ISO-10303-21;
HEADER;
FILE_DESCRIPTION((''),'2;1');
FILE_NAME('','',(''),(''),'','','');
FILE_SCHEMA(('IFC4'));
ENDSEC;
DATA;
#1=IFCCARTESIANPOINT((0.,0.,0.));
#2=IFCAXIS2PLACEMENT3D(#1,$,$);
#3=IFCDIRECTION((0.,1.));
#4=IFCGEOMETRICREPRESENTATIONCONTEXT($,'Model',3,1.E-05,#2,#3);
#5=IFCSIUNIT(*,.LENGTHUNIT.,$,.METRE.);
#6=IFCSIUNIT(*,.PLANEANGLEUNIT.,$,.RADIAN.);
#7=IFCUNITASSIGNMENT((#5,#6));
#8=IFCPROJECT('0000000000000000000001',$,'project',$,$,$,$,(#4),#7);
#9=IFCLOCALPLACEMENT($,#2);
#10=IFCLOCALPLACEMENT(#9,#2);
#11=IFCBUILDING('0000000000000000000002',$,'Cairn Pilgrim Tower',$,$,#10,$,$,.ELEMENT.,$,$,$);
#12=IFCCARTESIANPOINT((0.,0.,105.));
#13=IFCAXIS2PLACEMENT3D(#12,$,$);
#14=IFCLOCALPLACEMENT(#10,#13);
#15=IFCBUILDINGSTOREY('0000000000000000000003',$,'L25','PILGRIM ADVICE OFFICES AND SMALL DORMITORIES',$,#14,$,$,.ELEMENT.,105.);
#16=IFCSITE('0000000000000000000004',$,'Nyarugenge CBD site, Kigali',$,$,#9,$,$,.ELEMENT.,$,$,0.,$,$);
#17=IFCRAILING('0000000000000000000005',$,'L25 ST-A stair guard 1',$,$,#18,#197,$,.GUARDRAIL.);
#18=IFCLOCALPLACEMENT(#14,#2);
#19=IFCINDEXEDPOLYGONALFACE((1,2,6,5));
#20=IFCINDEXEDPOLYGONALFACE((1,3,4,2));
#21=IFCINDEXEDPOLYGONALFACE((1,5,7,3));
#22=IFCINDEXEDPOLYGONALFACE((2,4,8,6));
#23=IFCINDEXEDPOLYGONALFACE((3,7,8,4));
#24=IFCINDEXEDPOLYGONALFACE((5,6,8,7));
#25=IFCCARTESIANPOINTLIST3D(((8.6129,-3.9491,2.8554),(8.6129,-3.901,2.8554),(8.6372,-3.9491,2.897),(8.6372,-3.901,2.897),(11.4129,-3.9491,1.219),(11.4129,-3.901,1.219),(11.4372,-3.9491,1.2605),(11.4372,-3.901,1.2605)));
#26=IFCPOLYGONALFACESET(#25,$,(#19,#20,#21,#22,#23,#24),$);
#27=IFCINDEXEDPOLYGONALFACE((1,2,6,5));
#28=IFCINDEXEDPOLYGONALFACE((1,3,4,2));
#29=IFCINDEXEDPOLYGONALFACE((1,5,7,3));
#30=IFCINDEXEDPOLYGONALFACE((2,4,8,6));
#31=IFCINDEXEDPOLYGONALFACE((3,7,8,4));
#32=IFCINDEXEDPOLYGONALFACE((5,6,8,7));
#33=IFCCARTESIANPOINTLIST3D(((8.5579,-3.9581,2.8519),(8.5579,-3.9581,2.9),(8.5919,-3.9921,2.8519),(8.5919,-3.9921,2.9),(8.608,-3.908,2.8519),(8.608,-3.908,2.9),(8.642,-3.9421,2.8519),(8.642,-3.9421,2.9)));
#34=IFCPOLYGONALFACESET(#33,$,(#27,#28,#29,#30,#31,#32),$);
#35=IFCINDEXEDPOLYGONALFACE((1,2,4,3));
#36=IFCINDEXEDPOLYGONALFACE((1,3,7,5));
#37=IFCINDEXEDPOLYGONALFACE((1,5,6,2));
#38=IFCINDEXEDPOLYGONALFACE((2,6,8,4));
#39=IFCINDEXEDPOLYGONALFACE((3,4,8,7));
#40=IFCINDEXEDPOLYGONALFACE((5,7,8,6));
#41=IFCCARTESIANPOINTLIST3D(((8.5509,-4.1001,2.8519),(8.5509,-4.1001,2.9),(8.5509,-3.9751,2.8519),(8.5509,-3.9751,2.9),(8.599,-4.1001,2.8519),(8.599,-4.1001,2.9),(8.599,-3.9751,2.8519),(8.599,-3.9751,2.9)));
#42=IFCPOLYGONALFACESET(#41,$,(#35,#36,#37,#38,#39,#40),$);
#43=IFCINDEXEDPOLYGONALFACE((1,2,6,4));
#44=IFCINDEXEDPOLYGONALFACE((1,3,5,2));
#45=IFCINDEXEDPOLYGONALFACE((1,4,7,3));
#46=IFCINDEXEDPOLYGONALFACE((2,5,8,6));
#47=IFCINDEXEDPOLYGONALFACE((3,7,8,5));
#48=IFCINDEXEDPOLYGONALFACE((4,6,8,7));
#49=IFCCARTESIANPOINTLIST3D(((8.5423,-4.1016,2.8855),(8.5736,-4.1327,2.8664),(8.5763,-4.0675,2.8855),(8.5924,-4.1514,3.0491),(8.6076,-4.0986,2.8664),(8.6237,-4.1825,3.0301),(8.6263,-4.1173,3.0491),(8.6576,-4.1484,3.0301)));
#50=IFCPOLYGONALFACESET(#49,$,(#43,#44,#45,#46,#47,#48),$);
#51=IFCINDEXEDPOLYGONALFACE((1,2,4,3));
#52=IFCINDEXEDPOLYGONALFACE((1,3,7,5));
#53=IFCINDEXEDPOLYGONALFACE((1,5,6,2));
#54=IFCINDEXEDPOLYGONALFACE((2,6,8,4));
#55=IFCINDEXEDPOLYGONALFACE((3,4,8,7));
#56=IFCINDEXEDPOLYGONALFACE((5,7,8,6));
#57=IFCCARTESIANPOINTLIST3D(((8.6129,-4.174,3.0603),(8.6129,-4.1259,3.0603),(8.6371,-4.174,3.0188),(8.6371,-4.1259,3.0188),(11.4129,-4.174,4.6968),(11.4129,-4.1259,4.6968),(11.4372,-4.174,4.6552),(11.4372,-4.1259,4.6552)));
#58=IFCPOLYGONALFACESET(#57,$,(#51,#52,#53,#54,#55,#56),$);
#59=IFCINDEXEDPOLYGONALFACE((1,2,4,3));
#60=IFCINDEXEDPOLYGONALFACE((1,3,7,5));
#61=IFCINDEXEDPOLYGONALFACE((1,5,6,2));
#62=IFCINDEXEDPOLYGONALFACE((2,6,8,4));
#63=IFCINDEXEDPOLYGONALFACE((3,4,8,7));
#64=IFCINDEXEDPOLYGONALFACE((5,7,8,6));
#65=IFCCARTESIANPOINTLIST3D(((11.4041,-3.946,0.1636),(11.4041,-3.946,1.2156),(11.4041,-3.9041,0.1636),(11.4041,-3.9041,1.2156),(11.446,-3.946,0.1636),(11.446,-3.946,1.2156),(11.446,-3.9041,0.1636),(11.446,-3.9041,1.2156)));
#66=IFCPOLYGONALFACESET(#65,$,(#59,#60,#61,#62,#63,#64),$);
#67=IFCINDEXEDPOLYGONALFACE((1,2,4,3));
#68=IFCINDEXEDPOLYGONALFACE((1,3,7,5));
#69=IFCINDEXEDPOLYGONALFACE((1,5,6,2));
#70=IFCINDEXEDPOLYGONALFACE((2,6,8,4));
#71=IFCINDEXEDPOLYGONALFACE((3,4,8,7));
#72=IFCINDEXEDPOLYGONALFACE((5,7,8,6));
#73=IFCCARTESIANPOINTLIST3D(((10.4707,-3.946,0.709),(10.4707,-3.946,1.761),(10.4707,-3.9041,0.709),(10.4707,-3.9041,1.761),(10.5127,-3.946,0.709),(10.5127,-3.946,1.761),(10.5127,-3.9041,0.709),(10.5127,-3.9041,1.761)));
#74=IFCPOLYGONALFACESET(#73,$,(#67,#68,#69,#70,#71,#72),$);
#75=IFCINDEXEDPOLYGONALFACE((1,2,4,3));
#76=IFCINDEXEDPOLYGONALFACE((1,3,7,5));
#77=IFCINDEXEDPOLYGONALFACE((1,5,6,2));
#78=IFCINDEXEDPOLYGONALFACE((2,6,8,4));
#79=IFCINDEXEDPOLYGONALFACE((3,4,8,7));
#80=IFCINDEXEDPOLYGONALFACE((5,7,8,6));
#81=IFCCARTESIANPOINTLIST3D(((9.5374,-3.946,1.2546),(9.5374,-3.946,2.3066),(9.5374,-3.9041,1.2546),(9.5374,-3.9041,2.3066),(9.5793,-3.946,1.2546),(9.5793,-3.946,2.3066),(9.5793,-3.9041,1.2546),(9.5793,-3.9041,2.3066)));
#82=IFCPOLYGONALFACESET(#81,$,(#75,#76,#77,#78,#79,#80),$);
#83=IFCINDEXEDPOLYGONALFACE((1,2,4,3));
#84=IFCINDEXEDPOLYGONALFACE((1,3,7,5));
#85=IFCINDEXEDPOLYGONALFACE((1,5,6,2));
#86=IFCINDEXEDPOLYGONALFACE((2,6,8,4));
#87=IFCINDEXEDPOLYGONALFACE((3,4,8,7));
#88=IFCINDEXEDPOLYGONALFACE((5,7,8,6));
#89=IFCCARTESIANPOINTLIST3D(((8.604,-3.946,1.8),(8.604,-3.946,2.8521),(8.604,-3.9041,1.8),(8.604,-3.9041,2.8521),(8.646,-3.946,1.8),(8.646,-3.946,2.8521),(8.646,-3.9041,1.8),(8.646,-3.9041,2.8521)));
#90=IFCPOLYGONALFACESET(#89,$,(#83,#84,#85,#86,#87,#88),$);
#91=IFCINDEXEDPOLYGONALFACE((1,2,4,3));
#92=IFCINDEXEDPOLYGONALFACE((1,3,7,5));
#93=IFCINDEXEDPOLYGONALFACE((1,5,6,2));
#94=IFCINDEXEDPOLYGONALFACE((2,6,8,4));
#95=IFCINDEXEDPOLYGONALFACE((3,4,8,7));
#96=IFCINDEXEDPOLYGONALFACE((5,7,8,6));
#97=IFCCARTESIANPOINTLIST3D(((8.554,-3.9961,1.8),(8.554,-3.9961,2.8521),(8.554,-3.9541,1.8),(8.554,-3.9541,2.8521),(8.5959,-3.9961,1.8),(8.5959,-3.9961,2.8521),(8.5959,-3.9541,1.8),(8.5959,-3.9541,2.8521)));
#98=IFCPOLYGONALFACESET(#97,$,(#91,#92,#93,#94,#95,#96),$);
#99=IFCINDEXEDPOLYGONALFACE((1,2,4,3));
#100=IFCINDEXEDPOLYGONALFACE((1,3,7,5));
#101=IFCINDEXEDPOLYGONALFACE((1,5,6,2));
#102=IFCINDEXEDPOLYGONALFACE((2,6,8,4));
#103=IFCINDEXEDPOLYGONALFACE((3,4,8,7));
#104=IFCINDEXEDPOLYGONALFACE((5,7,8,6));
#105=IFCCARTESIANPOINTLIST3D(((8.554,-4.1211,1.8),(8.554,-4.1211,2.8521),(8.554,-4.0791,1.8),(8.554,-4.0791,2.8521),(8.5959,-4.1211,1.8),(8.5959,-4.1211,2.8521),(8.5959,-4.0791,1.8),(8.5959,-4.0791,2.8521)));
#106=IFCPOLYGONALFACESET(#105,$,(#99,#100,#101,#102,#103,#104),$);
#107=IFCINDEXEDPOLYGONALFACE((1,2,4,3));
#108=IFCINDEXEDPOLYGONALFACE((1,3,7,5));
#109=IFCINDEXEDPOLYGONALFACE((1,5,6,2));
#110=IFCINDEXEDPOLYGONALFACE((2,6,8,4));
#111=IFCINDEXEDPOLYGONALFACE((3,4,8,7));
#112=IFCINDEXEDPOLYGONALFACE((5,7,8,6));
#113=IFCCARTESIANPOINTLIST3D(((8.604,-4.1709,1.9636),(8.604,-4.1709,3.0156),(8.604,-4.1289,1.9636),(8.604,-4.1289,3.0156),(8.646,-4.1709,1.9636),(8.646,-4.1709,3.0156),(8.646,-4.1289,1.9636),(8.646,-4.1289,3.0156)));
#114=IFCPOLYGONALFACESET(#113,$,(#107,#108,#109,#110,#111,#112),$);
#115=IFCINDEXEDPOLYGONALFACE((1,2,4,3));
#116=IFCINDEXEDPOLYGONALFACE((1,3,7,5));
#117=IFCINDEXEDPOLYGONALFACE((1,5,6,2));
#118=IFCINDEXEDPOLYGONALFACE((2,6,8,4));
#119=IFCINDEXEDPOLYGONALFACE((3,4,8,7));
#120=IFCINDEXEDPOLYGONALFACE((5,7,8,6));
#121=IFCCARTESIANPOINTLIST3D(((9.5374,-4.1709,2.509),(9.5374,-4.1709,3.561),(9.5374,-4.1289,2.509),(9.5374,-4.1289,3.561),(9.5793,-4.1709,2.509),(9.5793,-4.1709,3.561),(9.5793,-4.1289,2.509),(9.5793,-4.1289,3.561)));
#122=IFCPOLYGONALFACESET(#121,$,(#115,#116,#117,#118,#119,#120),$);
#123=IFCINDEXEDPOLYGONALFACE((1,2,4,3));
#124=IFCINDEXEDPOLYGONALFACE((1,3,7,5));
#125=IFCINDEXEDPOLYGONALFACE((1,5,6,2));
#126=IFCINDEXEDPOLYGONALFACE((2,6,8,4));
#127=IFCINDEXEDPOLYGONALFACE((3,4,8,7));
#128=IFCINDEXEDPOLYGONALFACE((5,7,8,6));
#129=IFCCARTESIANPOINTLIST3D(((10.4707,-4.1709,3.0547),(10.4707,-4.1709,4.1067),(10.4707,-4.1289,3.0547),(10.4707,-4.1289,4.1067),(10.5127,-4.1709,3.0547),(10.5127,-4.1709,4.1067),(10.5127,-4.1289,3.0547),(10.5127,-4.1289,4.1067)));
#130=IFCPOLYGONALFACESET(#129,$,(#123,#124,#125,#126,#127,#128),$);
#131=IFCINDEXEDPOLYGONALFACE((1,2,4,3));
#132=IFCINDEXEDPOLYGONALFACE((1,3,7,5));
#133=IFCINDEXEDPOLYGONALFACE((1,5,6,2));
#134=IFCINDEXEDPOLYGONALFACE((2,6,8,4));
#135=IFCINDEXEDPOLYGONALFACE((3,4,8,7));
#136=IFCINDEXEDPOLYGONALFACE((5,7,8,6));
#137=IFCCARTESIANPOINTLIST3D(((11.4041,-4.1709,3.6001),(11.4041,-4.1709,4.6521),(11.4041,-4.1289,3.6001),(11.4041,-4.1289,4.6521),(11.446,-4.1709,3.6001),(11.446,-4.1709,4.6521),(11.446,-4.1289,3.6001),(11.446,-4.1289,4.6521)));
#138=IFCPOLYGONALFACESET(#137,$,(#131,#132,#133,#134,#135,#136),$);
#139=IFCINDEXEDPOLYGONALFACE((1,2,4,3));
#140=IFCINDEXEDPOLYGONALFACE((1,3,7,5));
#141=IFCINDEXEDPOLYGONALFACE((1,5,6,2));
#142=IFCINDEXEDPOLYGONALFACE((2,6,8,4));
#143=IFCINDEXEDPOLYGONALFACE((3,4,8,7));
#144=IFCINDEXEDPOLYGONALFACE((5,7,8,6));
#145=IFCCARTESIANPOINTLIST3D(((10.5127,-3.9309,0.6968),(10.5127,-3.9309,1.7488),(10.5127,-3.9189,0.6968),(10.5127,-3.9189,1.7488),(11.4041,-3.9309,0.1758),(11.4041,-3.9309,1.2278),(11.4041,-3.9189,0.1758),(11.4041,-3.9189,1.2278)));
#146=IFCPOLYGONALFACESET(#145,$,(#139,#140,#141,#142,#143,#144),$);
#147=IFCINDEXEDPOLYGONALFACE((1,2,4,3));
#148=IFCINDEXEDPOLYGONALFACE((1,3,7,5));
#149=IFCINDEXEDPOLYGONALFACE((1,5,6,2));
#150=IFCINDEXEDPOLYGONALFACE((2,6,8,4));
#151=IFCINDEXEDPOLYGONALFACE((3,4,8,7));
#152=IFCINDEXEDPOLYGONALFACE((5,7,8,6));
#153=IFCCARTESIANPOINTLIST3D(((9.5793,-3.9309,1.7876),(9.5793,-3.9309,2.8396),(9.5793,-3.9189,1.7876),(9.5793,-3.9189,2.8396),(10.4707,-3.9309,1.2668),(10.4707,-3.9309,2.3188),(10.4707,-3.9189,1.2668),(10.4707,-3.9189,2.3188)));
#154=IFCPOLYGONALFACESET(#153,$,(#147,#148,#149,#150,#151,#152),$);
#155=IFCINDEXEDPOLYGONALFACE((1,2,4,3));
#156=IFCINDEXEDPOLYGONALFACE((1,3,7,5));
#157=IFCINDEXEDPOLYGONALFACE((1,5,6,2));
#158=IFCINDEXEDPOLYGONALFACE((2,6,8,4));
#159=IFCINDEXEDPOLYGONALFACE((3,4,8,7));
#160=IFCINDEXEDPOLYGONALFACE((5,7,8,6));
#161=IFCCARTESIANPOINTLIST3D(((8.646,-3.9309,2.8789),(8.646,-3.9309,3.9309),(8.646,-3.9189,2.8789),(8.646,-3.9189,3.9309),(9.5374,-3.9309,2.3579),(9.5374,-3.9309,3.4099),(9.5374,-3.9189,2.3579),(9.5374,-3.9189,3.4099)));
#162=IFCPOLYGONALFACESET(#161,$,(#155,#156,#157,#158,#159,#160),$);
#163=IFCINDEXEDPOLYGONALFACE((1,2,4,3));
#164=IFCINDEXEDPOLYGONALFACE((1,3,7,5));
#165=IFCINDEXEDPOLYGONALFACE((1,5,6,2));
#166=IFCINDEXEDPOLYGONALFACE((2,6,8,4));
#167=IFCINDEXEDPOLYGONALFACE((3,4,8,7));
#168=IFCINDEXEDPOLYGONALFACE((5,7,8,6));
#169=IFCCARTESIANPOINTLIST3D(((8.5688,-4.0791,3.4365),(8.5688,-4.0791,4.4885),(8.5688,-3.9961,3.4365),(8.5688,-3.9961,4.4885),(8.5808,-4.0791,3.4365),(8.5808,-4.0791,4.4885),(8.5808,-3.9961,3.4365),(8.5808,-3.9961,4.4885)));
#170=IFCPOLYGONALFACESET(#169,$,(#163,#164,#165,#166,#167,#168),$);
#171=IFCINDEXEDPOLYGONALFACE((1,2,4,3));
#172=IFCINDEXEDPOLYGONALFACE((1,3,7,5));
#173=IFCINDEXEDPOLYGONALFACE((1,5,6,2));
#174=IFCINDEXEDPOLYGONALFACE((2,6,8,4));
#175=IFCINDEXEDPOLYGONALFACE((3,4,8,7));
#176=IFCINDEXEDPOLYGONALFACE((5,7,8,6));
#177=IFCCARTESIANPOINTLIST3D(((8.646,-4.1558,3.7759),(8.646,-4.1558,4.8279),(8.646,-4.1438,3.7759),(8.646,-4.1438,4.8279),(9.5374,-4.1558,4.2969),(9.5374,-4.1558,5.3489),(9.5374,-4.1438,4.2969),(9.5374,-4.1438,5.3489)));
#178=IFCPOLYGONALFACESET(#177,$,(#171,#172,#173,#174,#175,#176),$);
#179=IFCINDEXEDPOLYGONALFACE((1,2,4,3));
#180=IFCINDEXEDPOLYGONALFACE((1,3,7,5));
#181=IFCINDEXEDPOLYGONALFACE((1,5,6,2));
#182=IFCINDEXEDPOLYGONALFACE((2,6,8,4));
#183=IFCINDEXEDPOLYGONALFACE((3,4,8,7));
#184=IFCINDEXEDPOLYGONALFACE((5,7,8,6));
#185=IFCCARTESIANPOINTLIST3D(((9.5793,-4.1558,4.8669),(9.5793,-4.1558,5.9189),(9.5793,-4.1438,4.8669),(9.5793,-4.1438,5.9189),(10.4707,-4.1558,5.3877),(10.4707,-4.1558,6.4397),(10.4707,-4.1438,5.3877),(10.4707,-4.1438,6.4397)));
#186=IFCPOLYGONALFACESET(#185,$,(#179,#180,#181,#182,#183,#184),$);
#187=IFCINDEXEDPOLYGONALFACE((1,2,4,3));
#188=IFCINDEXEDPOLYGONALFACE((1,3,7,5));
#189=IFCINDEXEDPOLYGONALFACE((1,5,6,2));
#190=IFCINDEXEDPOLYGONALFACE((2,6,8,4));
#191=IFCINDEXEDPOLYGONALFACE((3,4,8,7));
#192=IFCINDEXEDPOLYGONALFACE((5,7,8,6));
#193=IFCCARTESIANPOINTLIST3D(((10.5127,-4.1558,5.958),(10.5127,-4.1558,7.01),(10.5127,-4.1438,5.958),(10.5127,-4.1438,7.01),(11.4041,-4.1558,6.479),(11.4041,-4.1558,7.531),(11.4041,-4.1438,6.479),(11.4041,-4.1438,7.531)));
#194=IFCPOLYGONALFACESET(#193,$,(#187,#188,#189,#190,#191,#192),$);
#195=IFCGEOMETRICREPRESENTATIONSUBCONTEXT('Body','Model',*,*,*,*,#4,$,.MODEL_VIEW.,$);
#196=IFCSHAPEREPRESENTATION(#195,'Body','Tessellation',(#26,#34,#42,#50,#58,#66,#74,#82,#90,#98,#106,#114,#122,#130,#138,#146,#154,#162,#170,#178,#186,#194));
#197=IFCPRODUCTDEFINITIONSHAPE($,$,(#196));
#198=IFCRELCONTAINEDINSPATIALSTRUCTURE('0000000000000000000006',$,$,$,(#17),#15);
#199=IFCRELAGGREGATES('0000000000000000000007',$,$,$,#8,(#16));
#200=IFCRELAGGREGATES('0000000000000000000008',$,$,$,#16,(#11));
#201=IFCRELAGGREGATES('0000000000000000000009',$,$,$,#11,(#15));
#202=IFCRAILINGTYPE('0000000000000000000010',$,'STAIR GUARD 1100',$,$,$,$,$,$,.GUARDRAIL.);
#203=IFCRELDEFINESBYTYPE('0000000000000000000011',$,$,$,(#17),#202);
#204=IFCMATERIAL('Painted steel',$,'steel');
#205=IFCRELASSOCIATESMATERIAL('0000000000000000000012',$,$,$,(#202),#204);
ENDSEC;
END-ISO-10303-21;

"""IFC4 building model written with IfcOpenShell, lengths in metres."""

from ifc_helpers import new_model, si_unit, direction, frame, origin, origin_2d, place, context, subcontext, project, spatial, polyline, rectangle, outline, extrude, material, type_object, element, save


model = new_model("IFC4")

# Units and contexts
model_context = context("Model", 3, precision=1e-05, world=origin(), true_north=direction((0.0, 1.0)))
body_context = subcontext(model_context, "Body", "Model", "MODEL_VIEW")
ifc_project = project(units=[si_unit("LENGTHUNIT", "METRE"), si_unit("PLANEANGLEUNIT", "RADIAN")], contexts=[model_context])

# Site, building, storey
site_placement = place(None, origin())
site = spatial("IfcSite", under=ifc_project, at=site_placement, Name="Nyarugenge CBD site, Kigali", CompositionType="ELEMENT", RefElevation=0.0)
building_placement = place(site_placement, origin())
building = spatial("IfcBuilding", under=site, at=building_placement, Name="Cairn Pilgrim Tower", CompositionType="ELEMENT")
storey_placement = place(building_placement, frame((0.0, 0.0, 105.0)))
storey = spatial("IfcBuildingStorey", under=building, at=storey_placement, Name="L25", Description="PILGRIM ADVICE OFFICES AND SMALL DORMITORIES", CompositionType="ELEMENT", Elevation=105.0)

# Shared definitions
ifc_material_1 = material(Name="Painted steel", Category="steel")

# Railing
railing_type_1 = type_object("IfcRailingType", Name="STAIR GUARD 1100", PredefinedType="GUARDRAIL", material=ifc_material_1)
railing_1_placement = place(storey_placement, frame((11.425, -3.925, 0.1636)))
element("IfcRailing", 1, at=railing_1_placement, inside=storey, type_object=railing_type_1, Name="L25 ST-A stair guard 1", PredefinedType="GUARDRAIL", context=body_context, shape_type="SweptSolid", body=[
    extrude(rectangle(XDim=0.0481, YDim=0.0481, at=origin_2d()), frame((0.0, 0.0, 1.0762), z_axis=(-0.863361, 0.0, 0.504587), x_axis=(0.0, -1.0, 0.0)), (0.0, 0.0, 1.0), 3.2432),
    extrude(rectangle(XDim=0.0481, YDim=0.0481, at=origin_2d()), frame((-2.8, 0.0, 2.7124), z_axis=(-0.707107, -0.707107, 0.0), x_axis=(0.707107, -0.707107, 0.0)), (0.0, 0.0, 1.0), 0.0708),
    extrude(rectangle(XDim=0.0481, YDim=0.0481, at=origin_2d()), frame((-2.8501, -0.05, 2.7124), z_axis=(0.0, -1.0, 0.0), x_axis=(1.0, 0.0, 0.0)), (0.0, 0.0, 1.0), 0.125),
    extrude(rectangle(XDim=0.0481, YDim=0.0481, at=origin_2d()), frame((-2.8501, -0.175, 2.7124), z_axis=(0.280917, -0.279546, 0.918118), x_axis=(0.705376, 0.708834, 0.0)), (0.0, 0.0, 1.0), 0.1782),
    extrude(rectangle(XDim=0.0481, YDim=0.0481, at=origin_2d()), frame((-2.8, -0.2249, 2.876), z_axis=(0.863361, 0.0, 0.504587), x_axis=(0.0, 1.0, 0.0)), (0.0, 0.0, 1.0), 3.2432),
    extrude(rectangle(XDim=0.042, YDim=0.042, at=origin_2d()), origin(), (0.0, 0.0, 1.0), 1.052),
    extrude(rectangle(XDim=0.042, YDim=0.042, at=origin_2d()), frame((-0.9333, 0.0, 0.5454)), (0.0, 0.0, 1.0), 1.052),
    extrude(rectangle(XDim=0.042, YDim=0.042, at=origin_2d()), frame((-1.8667, 0.0, 1.0911)), (0.0, 0.0, 1.0), 1.052),
    extrude(rectangle(XDim=0.042, YDim=0.042, at=origin_2d()), frame((-2.8, 0.0, 1.6365)), (0.0, 0.0, 1.0), 1.052),
    extrude(rectangle(XDim=0.042, YDim=0.042, at=origin_2d()), frame((-2.8501, -0.05, 1.6365)), (0.0, 0.0, 1.0), 1.052),
    extrude(rectangle(XDim=0.042, YDim=0.042, at=origin_2d()), frame((-2.8501, -0.175, 1.6365)), (0.0, 0.0, 1.0), 1.052),
    extrude(rectangle(XDim=0.042, YDim=0.042, at=origin_2d()), frame((-2.8, -0.2249, 1.8)), (0.0, 0.0, 1.0), 1.052),
    extrude(rectangle(XDim=0.042, YDim=0.042, at=origin_2d()), frame((-1.8667, -0.2249, 2.3455)), (0.0, 0.0, 1.0), 1.052),
    extrude(rectangle(XDim=0.042, YDim=0.042, at=origin_2d()), frame((-0.9333, -0.2249, 2.8911)), (0.0, 0.0, 1.0), 1.052),
    extrude(rectangle(XDim=0.042, YDim=0.042, at=origin_2d()), frame((0.0, -0.2249, 3.4365)), (0.0, 0.0, 1.0), 1.052),
    extrude(outline(polyline([(0.021, 0.0122), (0.9124, 0.5332), (0.9124, 1.5852), (0.021, 1.0642), (0.021, 0.0122)])), frame((0.0, -0.0059, 0.0), z_axis=(0.0, 1.0, 0.0), x_axis=(-1.0, 0.0, 0.0)), (0.0, 0.0, 1.0), 0.012),
    extrude(outline(polyline([(0.021, 0.5579), (0.9124, 1.0786), (0.9124, 2.1306), (0.021, 1.6099), (0.021, 0.5579)])), frame((-0.9333, -0.0059, 0.5454), z_axis=(0.0, 1.0, 0.0), x_axis=(-1.0, 0.0, 0.0)), (0.0, 0.0, 1.0), 0.012),
    extrude(outline(polyline([(0.021, 1.1033), (0.9124, 1.6243), (0.9124, 2.6763), (0.021, 2.1553), (0.021, 1.1033)])), frame((-1.8667, -0.0059, 1.0911), z_axis=(0.0, 1.0, 0.0), x_axis=(-1.0, 0.0, 0.0)), (0.0, 0.0, 1.0), 0.012),
    extrude(outline(polyline([(0.021, 1.6365), (0.104, 1.6365), (0.104, 2.6885), (0.021, 2.6885), (0.021, 1.6365)])), frame((-2.8442, -0.05, 1.6365), z_axis=(-1.0, 0.0, 0.0), x_axis=(0.0, -1.0, 0.0)), (0.0, 0.0, 1.0), 0.012),
    extrude(outline(polyline([(0.021, 1.8123), (0.9124, 2.3333), (0.9124, 3.3853), (0.021, 2.8643), (0.021, 1.8123)])), frame((-2.8, -0.2188, 1.8), z_axis=(0.0, -1.0, 0.0), x_axis=(1.0, 0.0, 0.0)), (0.0, 0.0, 1.0), 0.012),
    extrude(outline(polyline([(0.021, 2.3579), (0.9124, 2.8787), (0.9124, 3.9307), (0.021, 3.4099), (0.021, 2.3579)])), frame((-1.8667, -0.2188, 2.3455), z_axis=(0.0, -1.0, 0.0), x_axis=(1.0, 0.0, 0.0)), (0.0, 0.0, 1.0), 0.012),
    extrude(outline(polyline([(0.021, 2.9033), (0.9124, 3.4243), (0.9124, 4.4763), (0.021, 3.9553), (0.021, 2.9033)])), frame((-0.9333, -0.2188, 2.8911), z_axis=(0.0, -1.0, 0.0), x_axis=(1.0, 0.0, 0.0)), (0.0, 0.0, 1.0), 0.012),
])

save(model, "model.ifc")
